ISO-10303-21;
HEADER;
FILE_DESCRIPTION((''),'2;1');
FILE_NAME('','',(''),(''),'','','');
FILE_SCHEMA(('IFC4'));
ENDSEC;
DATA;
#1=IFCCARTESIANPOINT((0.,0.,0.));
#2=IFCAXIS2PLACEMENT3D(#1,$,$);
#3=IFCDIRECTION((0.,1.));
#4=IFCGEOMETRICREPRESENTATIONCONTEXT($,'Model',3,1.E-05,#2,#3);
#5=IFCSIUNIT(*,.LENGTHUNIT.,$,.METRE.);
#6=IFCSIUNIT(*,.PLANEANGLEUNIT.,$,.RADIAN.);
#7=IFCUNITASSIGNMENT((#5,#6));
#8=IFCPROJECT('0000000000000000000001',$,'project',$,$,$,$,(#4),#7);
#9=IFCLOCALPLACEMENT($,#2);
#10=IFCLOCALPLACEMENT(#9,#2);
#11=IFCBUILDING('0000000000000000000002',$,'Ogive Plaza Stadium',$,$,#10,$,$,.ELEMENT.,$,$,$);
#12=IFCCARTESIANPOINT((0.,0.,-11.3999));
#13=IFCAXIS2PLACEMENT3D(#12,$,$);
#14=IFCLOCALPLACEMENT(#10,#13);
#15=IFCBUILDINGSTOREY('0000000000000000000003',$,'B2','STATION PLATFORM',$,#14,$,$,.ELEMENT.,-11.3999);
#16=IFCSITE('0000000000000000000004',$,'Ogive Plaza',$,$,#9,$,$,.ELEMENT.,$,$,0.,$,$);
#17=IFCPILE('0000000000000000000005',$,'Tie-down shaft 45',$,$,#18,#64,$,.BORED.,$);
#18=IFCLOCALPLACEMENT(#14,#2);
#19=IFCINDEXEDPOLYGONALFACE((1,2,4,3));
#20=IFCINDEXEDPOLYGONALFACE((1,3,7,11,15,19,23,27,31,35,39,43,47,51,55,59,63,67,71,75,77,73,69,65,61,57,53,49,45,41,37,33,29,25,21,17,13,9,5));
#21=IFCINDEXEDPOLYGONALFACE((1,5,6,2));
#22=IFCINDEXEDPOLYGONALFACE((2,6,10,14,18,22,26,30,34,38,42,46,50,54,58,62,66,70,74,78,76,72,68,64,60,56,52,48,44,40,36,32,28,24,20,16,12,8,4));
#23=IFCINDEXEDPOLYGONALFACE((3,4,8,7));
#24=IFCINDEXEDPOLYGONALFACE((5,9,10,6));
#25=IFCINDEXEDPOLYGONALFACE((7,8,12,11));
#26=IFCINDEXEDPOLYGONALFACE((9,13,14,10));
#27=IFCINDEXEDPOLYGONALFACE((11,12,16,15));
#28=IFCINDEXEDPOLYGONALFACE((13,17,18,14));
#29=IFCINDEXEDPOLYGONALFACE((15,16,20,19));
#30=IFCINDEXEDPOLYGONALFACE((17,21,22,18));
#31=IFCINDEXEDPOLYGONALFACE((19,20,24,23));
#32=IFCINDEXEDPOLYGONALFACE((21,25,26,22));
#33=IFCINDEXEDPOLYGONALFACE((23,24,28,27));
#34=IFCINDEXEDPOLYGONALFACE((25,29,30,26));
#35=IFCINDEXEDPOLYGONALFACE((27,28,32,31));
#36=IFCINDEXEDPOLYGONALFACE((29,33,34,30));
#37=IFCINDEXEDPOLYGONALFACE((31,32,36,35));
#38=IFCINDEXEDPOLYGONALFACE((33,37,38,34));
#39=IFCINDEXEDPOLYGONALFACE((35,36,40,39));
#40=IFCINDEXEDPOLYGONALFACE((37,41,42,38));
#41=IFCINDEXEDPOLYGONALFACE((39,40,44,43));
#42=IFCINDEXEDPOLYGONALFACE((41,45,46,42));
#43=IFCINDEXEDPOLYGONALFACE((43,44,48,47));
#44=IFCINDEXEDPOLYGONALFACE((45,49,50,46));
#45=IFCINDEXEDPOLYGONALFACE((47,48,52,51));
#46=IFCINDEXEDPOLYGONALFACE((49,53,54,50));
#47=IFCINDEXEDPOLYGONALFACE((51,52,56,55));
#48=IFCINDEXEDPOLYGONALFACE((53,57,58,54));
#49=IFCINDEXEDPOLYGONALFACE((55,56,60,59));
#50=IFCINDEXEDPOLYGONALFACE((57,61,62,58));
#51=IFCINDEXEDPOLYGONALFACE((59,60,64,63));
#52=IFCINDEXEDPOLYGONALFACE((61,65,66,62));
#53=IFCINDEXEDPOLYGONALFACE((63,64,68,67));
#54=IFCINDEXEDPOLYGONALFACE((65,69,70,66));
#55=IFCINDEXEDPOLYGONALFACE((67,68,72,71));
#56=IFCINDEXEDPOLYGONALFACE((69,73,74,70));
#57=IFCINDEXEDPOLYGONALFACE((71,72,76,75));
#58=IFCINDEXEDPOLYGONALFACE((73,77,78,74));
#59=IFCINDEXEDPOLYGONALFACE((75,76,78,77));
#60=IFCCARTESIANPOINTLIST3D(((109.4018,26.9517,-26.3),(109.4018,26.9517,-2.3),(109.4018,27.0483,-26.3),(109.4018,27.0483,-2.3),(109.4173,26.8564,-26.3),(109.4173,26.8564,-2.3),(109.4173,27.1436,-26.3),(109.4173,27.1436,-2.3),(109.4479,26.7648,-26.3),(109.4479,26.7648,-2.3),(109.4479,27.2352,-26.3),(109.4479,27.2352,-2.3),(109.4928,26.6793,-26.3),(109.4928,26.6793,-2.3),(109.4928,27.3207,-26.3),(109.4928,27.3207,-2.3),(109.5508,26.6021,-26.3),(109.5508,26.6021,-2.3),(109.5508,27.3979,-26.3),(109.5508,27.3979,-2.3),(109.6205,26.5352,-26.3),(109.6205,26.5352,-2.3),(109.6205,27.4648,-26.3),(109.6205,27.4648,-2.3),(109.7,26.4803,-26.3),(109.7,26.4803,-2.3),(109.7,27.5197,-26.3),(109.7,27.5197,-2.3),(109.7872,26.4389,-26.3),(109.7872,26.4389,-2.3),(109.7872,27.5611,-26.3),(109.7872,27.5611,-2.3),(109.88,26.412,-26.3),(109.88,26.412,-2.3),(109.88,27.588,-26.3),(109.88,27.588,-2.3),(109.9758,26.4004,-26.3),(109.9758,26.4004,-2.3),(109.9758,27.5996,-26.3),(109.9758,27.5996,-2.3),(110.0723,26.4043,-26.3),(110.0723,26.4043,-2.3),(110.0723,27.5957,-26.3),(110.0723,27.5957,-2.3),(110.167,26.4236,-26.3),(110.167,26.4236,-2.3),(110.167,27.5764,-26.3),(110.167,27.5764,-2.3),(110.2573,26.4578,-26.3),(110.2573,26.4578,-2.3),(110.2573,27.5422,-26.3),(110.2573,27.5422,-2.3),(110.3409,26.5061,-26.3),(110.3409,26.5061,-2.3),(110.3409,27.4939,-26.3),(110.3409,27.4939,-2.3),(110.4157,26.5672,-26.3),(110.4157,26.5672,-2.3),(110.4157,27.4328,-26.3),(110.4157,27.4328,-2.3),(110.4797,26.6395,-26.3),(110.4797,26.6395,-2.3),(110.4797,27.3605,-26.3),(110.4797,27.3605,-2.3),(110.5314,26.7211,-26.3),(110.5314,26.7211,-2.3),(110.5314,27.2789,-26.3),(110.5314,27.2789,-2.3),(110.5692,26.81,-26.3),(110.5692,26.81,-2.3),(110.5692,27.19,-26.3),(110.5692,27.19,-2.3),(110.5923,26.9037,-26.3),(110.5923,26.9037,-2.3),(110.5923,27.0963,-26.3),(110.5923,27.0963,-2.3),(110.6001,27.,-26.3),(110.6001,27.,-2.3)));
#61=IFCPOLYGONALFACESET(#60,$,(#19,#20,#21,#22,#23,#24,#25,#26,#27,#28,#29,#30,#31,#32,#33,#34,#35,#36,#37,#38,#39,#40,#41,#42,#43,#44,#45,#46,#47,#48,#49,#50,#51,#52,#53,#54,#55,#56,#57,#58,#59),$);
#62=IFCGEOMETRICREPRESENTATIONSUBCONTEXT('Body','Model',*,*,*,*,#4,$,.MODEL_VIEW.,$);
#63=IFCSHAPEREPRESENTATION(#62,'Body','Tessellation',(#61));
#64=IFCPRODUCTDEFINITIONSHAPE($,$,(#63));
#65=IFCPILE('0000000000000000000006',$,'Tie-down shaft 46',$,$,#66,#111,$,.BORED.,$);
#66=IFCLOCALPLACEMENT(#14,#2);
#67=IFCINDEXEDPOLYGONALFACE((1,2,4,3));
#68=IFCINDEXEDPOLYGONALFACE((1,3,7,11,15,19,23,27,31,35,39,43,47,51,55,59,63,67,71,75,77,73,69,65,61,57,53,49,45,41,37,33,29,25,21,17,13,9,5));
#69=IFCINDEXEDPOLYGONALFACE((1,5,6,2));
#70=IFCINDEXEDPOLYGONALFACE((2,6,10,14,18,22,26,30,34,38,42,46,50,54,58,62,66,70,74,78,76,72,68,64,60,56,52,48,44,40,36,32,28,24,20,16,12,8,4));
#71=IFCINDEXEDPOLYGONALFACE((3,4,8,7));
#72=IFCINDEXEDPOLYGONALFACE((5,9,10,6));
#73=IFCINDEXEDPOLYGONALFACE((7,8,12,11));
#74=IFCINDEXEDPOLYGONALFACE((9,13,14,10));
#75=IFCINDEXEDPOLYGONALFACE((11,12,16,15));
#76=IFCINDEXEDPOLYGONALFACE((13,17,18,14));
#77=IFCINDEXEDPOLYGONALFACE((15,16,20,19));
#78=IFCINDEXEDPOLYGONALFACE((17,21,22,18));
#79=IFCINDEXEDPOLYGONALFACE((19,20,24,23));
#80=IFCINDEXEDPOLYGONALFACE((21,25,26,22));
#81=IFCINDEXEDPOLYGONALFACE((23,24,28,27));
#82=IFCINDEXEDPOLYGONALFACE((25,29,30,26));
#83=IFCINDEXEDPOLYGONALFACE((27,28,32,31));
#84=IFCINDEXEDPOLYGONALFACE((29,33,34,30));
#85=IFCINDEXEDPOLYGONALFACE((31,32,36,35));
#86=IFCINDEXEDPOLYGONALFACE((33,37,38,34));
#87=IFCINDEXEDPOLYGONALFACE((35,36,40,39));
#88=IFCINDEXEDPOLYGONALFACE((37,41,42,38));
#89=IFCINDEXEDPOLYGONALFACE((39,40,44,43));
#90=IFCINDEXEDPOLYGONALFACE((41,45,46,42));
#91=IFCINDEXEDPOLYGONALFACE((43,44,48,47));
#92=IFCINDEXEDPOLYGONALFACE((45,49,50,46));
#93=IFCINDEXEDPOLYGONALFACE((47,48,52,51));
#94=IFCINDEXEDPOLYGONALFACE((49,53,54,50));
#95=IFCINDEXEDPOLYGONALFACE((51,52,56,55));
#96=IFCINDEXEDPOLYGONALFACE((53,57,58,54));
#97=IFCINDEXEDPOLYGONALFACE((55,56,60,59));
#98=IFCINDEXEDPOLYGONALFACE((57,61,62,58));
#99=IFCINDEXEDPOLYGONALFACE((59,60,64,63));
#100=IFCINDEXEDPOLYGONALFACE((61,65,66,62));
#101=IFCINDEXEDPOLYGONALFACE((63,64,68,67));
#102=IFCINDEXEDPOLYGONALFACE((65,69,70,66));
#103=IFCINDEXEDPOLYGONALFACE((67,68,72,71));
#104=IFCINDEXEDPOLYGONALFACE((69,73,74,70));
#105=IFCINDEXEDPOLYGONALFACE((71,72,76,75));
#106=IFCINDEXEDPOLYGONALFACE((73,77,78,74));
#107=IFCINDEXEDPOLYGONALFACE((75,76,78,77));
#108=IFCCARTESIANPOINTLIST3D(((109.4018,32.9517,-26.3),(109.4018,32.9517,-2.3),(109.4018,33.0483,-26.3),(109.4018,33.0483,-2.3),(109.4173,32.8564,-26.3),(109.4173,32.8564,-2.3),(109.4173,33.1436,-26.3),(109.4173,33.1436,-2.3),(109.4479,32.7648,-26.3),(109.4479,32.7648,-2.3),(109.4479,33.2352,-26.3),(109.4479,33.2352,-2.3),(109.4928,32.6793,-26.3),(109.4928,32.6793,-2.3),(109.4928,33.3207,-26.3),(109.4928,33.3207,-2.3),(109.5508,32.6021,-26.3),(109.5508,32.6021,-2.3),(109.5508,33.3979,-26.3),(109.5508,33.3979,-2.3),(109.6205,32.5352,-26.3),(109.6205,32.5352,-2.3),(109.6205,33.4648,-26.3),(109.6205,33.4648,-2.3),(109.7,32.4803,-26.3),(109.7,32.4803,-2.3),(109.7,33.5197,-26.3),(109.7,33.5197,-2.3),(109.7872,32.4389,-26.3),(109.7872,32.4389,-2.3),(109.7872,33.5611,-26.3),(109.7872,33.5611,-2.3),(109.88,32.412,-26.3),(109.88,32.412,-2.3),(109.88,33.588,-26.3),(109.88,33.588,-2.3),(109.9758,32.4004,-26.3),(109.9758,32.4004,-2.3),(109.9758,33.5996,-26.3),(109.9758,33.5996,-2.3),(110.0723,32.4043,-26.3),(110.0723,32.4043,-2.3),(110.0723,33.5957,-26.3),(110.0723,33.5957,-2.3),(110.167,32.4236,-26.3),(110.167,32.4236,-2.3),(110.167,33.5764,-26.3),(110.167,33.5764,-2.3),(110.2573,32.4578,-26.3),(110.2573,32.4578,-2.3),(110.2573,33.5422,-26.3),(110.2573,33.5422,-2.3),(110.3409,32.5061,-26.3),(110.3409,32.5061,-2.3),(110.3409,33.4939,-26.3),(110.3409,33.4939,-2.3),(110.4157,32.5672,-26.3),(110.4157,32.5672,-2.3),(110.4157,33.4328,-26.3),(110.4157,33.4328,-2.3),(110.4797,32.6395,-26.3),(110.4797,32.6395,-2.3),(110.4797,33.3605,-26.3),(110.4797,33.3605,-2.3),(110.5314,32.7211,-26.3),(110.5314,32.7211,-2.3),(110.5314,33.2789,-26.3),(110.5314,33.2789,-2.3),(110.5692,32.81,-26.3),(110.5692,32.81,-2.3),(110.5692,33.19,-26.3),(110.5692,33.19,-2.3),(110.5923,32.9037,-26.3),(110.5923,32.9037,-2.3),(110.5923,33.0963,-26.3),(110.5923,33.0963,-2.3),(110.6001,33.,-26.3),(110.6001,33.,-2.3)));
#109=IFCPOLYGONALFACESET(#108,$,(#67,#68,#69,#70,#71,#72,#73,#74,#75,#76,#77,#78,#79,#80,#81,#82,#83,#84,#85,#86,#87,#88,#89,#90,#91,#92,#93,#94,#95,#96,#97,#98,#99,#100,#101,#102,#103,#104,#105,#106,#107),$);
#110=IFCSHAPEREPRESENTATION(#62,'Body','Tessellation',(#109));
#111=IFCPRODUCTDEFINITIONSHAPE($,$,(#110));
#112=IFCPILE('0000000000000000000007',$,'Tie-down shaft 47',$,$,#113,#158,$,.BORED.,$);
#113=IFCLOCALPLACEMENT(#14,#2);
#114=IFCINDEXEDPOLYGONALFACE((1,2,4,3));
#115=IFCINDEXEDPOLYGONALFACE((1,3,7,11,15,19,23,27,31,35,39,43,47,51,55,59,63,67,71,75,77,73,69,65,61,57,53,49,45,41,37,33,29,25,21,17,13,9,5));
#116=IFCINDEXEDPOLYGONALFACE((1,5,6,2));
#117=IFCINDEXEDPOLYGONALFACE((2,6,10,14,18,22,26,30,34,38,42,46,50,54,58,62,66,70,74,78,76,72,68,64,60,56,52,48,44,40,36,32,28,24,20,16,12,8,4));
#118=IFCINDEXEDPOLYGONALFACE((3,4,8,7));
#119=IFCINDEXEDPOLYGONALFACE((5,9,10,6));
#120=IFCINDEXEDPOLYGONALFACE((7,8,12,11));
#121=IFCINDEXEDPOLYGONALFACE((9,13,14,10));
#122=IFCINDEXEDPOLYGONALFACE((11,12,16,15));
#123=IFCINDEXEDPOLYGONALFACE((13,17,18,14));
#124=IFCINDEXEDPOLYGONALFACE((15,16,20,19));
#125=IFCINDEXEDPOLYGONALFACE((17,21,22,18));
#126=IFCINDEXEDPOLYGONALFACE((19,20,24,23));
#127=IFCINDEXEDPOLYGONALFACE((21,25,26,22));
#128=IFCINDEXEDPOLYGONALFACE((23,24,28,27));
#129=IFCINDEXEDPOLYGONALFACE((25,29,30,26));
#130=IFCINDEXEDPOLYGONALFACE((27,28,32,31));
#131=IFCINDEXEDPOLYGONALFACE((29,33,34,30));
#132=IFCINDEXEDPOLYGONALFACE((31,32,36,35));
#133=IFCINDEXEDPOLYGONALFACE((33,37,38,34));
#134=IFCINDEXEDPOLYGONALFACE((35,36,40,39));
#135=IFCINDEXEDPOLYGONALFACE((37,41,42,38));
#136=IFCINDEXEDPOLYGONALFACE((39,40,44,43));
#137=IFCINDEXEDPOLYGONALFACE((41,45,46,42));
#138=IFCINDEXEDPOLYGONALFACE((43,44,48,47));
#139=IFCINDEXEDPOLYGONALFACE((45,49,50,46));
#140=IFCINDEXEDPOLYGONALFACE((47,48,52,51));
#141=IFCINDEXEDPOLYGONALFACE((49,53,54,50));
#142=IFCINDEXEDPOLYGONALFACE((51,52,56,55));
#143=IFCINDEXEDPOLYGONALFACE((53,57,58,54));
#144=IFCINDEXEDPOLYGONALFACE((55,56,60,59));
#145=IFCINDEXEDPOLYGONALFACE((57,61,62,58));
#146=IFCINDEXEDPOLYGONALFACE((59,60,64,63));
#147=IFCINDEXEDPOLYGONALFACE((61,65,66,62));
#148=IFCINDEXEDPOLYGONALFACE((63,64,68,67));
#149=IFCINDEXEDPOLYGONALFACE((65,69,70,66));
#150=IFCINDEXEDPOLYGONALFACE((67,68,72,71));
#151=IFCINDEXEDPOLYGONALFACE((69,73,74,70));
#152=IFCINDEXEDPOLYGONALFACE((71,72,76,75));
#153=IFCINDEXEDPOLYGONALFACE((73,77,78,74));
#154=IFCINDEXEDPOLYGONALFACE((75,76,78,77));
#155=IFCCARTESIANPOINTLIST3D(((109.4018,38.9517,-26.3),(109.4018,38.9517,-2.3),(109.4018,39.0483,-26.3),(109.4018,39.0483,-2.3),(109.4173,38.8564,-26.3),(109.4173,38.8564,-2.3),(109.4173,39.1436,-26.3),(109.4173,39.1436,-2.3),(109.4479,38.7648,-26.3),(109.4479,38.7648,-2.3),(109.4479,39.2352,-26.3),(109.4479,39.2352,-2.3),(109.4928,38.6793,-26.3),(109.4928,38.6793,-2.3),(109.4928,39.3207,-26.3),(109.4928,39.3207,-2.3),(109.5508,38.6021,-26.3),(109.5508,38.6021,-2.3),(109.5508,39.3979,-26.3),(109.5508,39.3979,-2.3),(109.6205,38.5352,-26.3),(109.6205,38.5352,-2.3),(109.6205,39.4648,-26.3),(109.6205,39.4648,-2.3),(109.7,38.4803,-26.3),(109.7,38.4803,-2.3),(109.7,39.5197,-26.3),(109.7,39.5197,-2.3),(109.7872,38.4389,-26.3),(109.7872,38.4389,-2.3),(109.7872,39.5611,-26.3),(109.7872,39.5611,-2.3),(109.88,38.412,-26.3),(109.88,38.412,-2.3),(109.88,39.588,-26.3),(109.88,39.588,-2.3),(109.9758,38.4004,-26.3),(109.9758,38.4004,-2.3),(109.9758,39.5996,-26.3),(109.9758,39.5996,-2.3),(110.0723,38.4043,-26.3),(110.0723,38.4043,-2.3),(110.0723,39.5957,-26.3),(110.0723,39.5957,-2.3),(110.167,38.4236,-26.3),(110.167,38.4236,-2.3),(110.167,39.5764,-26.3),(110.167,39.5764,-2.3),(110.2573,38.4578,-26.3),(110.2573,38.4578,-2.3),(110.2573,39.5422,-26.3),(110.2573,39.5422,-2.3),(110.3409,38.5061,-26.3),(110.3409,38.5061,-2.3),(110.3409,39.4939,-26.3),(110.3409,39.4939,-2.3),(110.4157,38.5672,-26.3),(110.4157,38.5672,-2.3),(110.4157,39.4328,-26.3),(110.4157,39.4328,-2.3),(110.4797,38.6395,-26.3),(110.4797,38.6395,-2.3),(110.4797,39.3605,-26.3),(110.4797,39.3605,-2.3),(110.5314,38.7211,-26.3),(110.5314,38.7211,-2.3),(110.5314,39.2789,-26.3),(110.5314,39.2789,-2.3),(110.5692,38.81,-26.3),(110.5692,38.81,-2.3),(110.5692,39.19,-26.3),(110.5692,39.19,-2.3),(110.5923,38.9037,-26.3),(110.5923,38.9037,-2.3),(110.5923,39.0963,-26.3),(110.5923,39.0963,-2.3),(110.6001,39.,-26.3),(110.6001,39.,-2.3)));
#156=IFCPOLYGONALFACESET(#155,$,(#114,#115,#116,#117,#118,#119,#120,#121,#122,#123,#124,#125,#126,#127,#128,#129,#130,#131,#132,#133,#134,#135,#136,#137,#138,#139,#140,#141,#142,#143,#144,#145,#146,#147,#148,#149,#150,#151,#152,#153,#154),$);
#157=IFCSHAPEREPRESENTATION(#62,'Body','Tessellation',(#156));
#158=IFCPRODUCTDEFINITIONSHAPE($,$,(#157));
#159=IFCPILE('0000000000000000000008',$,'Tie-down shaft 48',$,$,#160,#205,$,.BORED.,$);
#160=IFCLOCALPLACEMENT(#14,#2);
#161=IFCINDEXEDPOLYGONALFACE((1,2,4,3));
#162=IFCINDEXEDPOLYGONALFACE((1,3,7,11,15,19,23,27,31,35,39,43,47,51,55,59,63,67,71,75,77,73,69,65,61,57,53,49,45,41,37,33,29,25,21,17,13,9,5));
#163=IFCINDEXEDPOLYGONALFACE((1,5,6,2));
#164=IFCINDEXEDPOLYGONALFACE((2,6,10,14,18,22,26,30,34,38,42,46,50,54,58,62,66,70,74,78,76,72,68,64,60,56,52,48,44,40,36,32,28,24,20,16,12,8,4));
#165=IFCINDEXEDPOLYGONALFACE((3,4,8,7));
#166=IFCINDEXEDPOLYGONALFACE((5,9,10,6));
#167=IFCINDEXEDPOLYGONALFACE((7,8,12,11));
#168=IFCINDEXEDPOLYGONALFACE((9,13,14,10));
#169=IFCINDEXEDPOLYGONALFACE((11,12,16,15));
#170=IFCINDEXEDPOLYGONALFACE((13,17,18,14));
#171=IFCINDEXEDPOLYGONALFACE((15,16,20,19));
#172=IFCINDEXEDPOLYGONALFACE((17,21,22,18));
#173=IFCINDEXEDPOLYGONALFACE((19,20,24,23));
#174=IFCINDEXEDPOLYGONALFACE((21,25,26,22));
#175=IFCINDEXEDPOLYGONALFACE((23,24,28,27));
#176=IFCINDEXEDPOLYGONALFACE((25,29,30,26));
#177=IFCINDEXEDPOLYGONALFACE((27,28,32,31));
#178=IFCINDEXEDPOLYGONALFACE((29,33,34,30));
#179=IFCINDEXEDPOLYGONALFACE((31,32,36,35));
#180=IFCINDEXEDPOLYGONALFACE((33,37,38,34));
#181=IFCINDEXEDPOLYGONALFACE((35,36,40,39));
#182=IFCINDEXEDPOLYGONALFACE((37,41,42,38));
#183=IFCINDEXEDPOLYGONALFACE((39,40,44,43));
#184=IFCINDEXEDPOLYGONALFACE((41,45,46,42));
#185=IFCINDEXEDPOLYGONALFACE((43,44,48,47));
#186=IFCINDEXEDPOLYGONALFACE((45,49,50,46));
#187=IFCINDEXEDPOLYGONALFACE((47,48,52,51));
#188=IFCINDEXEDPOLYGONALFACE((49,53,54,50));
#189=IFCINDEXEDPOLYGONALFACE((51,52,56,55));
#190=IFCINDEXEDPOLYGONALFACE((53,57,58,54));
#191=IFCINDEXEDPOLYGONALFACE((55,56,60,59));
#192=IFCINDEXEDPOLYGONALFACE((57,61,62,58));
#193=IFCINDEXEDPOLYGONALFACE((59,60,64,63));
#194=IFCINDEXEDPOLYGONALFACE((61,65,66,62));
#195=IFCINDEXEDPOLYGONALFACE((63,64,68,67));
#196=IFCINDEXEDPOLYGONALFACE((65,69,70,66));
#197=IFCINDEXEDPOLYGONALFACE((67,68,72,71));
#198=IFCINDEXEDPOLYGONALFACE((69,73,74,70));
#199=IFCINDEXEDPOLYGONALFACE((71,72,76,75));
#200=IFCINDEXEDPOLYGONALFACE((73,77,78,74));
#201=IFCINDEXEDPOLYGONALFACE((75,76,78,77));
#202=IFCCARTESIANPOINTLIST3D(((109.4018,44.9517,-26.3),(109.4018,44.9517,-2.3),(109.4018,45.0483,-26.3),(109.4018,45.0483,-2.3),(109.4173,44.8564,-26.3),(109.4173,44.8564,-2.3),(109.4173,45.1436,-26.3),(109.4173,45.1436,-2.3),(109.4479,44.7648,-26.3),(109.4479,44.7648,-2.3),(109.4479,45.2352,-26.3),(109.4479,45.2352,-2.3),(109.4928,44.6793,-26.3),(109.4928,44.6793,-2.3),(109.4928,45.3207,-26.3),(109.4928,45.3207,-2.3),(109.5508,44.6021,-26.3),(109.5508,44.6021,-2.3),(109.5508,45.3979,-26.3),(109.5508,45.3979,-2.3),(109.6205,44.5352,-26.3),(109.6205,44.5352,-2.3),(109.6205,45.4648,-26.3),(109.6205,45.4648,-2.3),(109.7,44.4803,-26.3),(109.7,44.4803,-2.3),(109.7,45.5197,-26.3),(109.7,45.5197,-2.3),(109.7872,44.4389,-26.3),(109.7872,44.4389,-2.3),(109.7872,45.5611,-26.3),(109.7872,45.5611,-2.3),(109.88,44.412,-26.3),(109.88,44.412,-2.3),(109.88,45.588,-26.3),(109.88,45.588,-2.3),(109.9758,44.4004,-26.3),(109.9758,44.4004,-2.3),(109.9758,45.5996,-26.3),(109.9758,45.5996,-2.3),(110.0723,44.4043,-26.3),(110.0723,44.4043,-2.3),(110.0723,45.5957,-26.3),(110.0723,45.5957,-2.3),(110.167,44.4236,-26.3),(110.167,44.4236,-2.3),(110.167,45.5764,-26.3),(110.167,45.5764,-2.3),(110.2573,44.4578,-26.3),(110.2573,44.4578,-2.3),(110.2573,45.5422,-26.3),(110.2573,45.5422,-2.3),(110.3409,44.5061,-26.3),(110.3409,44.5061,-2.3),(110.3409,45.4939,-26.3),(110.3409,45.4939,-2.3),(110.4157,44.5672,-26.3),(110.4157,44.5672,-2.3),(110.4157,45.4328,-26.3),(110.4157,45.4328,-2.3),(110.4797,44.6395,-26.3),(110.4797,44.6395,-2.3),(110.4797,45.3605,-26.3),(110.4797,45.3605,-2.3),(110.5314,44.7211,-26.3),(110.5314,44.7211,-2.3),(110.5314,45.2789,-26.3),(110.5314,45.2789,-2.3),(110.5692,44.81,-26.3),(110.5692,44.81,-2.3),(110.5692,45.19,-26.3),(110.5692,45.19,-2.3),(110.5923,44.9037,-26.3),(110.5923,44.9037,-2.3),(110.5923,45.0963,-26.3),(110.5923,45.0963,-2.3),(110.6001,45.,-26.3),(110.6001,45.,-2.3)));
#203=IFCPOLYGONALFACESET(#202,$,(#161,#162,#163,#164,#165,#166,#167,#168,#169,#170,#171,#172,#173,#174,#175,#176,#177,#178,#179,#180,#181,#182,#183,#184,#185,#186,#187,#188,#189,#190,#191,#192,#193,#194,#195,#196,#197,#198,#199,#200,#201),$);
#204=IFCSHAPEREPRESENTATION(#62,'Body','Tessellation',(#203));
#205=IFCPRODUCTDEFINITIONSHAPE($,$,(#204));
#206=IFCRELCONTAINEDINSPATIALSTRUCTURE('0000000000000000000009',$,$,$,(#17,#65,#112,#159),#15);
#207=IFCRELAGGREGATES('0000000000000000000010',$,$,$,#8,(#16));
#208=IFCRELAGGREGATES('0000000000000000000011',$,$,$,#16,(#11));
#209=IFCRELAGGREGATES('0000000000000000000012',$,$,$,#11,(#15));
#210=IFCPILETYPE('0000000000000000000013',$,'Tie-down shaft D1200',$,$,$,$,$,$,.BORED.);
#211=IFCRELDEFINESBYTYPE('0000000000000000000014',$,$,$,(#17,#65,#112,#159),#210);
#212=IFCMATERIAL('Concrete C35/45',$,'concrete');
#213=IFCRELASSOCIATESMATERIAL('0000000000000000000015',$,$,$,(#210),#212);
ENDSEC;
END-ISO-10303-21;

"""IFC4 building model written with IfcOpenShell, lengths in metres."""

from ifc_helpers import new_model, si_unit, direction, frame, origin, origin_2d, place, context, subcontext, project, spatial, circle, extrude, material, material_profile, profile_set, type_object, element, save


model = new_model("IFC4")

# Units and contexts
model_context = context("Model", 3, precision=1e-05, world=origin(), true_north=direction((0.0, 1.0)))
body_context = subcontext(model_context, "Body", "Model", "MODEL_VIEW")
ifc_project = project(units=[si_unit("LENGTHUNIT", "METRE"), si_unit("PLANEANGLEUNIT", "RADIAN")], contexts=[model_context])

# Site, building, storey
site_placement = place(None, origin())
site = spatial("IfcSite", under=ifc_project, at=site_placement, Name="Ogive Plaza", CompositionType="ELEMENT", RefElevation=0.0)
building_placement = place(site_placement, origin())
building = spatial("IfcBuilding", under=site, at=building_placement, Name="Ogive Plaza Stadium", CompositionType="ELEMENT")
storey_placement = place(building_placement, frame((0.0, 0.0, -11.3999)))
storey = spatial("IfcBuildingStorey", under=building, at=storey_placement, Name="B2", Description="STATION PLATFORM", CompositionType="ELEMENT", Elevation=-11.3999)

# Piles
ifc_material_1 = material(Name="Concrete C35/45", Category="concrete")
ifc_material_profile_1 = material_profile(ifc_material_1, circle(Radius=0.6001, at=origin_2d()), Name="Tie-down shaft D1200")
ifc_profile_set_1 = profile_set([ifc_material_profile_1], Name="Concrete C35/45")
pile_type = type_object("IfcPileType", Name="Tie-down shaft D1200", PredefinedType="BORED", material=ifc_profile_set_1)
for number, where, z_axis, x_axis, name in (
    (1, (110.0, 27.0, -2.3), (0.0, 0.0, -1.0), (1.0, 0.0, 0.0), "Tie-down shaft 45"),
    (2, (110.0, 33.0, -2.3), (0.0, 0.0, -1.0), (1.0, 0.0, 0.0), "Tie-down shaft 46"),
    (3, (110.0, 39.0, -2.3), (0.0, 0.0, -1.0), (1.0, 0.0, 0.0), "Tie-down shaft 47"),
    (4, (110.0, 45.0, -2.3), (0.0, 0.0, -1.0), (1.0, 0.0, 0.0), "Tie-down shaft 48"),
):
    element("IfcPile", number, at=place(storey_placement, frame(where, z_axis=z_axis, x_axis=x_axis)), inside=storey, type_object=pile_type, Name=name, PredefinedType="BORED", context=body_context, shape_type="SweptSolid", body=[
        extrude(circle(Radius=0.6001, at=origin_2d()), origin(), (0.0, 0.0, 1.0), 24.0),
    ])

save(model, "model.ifc")
